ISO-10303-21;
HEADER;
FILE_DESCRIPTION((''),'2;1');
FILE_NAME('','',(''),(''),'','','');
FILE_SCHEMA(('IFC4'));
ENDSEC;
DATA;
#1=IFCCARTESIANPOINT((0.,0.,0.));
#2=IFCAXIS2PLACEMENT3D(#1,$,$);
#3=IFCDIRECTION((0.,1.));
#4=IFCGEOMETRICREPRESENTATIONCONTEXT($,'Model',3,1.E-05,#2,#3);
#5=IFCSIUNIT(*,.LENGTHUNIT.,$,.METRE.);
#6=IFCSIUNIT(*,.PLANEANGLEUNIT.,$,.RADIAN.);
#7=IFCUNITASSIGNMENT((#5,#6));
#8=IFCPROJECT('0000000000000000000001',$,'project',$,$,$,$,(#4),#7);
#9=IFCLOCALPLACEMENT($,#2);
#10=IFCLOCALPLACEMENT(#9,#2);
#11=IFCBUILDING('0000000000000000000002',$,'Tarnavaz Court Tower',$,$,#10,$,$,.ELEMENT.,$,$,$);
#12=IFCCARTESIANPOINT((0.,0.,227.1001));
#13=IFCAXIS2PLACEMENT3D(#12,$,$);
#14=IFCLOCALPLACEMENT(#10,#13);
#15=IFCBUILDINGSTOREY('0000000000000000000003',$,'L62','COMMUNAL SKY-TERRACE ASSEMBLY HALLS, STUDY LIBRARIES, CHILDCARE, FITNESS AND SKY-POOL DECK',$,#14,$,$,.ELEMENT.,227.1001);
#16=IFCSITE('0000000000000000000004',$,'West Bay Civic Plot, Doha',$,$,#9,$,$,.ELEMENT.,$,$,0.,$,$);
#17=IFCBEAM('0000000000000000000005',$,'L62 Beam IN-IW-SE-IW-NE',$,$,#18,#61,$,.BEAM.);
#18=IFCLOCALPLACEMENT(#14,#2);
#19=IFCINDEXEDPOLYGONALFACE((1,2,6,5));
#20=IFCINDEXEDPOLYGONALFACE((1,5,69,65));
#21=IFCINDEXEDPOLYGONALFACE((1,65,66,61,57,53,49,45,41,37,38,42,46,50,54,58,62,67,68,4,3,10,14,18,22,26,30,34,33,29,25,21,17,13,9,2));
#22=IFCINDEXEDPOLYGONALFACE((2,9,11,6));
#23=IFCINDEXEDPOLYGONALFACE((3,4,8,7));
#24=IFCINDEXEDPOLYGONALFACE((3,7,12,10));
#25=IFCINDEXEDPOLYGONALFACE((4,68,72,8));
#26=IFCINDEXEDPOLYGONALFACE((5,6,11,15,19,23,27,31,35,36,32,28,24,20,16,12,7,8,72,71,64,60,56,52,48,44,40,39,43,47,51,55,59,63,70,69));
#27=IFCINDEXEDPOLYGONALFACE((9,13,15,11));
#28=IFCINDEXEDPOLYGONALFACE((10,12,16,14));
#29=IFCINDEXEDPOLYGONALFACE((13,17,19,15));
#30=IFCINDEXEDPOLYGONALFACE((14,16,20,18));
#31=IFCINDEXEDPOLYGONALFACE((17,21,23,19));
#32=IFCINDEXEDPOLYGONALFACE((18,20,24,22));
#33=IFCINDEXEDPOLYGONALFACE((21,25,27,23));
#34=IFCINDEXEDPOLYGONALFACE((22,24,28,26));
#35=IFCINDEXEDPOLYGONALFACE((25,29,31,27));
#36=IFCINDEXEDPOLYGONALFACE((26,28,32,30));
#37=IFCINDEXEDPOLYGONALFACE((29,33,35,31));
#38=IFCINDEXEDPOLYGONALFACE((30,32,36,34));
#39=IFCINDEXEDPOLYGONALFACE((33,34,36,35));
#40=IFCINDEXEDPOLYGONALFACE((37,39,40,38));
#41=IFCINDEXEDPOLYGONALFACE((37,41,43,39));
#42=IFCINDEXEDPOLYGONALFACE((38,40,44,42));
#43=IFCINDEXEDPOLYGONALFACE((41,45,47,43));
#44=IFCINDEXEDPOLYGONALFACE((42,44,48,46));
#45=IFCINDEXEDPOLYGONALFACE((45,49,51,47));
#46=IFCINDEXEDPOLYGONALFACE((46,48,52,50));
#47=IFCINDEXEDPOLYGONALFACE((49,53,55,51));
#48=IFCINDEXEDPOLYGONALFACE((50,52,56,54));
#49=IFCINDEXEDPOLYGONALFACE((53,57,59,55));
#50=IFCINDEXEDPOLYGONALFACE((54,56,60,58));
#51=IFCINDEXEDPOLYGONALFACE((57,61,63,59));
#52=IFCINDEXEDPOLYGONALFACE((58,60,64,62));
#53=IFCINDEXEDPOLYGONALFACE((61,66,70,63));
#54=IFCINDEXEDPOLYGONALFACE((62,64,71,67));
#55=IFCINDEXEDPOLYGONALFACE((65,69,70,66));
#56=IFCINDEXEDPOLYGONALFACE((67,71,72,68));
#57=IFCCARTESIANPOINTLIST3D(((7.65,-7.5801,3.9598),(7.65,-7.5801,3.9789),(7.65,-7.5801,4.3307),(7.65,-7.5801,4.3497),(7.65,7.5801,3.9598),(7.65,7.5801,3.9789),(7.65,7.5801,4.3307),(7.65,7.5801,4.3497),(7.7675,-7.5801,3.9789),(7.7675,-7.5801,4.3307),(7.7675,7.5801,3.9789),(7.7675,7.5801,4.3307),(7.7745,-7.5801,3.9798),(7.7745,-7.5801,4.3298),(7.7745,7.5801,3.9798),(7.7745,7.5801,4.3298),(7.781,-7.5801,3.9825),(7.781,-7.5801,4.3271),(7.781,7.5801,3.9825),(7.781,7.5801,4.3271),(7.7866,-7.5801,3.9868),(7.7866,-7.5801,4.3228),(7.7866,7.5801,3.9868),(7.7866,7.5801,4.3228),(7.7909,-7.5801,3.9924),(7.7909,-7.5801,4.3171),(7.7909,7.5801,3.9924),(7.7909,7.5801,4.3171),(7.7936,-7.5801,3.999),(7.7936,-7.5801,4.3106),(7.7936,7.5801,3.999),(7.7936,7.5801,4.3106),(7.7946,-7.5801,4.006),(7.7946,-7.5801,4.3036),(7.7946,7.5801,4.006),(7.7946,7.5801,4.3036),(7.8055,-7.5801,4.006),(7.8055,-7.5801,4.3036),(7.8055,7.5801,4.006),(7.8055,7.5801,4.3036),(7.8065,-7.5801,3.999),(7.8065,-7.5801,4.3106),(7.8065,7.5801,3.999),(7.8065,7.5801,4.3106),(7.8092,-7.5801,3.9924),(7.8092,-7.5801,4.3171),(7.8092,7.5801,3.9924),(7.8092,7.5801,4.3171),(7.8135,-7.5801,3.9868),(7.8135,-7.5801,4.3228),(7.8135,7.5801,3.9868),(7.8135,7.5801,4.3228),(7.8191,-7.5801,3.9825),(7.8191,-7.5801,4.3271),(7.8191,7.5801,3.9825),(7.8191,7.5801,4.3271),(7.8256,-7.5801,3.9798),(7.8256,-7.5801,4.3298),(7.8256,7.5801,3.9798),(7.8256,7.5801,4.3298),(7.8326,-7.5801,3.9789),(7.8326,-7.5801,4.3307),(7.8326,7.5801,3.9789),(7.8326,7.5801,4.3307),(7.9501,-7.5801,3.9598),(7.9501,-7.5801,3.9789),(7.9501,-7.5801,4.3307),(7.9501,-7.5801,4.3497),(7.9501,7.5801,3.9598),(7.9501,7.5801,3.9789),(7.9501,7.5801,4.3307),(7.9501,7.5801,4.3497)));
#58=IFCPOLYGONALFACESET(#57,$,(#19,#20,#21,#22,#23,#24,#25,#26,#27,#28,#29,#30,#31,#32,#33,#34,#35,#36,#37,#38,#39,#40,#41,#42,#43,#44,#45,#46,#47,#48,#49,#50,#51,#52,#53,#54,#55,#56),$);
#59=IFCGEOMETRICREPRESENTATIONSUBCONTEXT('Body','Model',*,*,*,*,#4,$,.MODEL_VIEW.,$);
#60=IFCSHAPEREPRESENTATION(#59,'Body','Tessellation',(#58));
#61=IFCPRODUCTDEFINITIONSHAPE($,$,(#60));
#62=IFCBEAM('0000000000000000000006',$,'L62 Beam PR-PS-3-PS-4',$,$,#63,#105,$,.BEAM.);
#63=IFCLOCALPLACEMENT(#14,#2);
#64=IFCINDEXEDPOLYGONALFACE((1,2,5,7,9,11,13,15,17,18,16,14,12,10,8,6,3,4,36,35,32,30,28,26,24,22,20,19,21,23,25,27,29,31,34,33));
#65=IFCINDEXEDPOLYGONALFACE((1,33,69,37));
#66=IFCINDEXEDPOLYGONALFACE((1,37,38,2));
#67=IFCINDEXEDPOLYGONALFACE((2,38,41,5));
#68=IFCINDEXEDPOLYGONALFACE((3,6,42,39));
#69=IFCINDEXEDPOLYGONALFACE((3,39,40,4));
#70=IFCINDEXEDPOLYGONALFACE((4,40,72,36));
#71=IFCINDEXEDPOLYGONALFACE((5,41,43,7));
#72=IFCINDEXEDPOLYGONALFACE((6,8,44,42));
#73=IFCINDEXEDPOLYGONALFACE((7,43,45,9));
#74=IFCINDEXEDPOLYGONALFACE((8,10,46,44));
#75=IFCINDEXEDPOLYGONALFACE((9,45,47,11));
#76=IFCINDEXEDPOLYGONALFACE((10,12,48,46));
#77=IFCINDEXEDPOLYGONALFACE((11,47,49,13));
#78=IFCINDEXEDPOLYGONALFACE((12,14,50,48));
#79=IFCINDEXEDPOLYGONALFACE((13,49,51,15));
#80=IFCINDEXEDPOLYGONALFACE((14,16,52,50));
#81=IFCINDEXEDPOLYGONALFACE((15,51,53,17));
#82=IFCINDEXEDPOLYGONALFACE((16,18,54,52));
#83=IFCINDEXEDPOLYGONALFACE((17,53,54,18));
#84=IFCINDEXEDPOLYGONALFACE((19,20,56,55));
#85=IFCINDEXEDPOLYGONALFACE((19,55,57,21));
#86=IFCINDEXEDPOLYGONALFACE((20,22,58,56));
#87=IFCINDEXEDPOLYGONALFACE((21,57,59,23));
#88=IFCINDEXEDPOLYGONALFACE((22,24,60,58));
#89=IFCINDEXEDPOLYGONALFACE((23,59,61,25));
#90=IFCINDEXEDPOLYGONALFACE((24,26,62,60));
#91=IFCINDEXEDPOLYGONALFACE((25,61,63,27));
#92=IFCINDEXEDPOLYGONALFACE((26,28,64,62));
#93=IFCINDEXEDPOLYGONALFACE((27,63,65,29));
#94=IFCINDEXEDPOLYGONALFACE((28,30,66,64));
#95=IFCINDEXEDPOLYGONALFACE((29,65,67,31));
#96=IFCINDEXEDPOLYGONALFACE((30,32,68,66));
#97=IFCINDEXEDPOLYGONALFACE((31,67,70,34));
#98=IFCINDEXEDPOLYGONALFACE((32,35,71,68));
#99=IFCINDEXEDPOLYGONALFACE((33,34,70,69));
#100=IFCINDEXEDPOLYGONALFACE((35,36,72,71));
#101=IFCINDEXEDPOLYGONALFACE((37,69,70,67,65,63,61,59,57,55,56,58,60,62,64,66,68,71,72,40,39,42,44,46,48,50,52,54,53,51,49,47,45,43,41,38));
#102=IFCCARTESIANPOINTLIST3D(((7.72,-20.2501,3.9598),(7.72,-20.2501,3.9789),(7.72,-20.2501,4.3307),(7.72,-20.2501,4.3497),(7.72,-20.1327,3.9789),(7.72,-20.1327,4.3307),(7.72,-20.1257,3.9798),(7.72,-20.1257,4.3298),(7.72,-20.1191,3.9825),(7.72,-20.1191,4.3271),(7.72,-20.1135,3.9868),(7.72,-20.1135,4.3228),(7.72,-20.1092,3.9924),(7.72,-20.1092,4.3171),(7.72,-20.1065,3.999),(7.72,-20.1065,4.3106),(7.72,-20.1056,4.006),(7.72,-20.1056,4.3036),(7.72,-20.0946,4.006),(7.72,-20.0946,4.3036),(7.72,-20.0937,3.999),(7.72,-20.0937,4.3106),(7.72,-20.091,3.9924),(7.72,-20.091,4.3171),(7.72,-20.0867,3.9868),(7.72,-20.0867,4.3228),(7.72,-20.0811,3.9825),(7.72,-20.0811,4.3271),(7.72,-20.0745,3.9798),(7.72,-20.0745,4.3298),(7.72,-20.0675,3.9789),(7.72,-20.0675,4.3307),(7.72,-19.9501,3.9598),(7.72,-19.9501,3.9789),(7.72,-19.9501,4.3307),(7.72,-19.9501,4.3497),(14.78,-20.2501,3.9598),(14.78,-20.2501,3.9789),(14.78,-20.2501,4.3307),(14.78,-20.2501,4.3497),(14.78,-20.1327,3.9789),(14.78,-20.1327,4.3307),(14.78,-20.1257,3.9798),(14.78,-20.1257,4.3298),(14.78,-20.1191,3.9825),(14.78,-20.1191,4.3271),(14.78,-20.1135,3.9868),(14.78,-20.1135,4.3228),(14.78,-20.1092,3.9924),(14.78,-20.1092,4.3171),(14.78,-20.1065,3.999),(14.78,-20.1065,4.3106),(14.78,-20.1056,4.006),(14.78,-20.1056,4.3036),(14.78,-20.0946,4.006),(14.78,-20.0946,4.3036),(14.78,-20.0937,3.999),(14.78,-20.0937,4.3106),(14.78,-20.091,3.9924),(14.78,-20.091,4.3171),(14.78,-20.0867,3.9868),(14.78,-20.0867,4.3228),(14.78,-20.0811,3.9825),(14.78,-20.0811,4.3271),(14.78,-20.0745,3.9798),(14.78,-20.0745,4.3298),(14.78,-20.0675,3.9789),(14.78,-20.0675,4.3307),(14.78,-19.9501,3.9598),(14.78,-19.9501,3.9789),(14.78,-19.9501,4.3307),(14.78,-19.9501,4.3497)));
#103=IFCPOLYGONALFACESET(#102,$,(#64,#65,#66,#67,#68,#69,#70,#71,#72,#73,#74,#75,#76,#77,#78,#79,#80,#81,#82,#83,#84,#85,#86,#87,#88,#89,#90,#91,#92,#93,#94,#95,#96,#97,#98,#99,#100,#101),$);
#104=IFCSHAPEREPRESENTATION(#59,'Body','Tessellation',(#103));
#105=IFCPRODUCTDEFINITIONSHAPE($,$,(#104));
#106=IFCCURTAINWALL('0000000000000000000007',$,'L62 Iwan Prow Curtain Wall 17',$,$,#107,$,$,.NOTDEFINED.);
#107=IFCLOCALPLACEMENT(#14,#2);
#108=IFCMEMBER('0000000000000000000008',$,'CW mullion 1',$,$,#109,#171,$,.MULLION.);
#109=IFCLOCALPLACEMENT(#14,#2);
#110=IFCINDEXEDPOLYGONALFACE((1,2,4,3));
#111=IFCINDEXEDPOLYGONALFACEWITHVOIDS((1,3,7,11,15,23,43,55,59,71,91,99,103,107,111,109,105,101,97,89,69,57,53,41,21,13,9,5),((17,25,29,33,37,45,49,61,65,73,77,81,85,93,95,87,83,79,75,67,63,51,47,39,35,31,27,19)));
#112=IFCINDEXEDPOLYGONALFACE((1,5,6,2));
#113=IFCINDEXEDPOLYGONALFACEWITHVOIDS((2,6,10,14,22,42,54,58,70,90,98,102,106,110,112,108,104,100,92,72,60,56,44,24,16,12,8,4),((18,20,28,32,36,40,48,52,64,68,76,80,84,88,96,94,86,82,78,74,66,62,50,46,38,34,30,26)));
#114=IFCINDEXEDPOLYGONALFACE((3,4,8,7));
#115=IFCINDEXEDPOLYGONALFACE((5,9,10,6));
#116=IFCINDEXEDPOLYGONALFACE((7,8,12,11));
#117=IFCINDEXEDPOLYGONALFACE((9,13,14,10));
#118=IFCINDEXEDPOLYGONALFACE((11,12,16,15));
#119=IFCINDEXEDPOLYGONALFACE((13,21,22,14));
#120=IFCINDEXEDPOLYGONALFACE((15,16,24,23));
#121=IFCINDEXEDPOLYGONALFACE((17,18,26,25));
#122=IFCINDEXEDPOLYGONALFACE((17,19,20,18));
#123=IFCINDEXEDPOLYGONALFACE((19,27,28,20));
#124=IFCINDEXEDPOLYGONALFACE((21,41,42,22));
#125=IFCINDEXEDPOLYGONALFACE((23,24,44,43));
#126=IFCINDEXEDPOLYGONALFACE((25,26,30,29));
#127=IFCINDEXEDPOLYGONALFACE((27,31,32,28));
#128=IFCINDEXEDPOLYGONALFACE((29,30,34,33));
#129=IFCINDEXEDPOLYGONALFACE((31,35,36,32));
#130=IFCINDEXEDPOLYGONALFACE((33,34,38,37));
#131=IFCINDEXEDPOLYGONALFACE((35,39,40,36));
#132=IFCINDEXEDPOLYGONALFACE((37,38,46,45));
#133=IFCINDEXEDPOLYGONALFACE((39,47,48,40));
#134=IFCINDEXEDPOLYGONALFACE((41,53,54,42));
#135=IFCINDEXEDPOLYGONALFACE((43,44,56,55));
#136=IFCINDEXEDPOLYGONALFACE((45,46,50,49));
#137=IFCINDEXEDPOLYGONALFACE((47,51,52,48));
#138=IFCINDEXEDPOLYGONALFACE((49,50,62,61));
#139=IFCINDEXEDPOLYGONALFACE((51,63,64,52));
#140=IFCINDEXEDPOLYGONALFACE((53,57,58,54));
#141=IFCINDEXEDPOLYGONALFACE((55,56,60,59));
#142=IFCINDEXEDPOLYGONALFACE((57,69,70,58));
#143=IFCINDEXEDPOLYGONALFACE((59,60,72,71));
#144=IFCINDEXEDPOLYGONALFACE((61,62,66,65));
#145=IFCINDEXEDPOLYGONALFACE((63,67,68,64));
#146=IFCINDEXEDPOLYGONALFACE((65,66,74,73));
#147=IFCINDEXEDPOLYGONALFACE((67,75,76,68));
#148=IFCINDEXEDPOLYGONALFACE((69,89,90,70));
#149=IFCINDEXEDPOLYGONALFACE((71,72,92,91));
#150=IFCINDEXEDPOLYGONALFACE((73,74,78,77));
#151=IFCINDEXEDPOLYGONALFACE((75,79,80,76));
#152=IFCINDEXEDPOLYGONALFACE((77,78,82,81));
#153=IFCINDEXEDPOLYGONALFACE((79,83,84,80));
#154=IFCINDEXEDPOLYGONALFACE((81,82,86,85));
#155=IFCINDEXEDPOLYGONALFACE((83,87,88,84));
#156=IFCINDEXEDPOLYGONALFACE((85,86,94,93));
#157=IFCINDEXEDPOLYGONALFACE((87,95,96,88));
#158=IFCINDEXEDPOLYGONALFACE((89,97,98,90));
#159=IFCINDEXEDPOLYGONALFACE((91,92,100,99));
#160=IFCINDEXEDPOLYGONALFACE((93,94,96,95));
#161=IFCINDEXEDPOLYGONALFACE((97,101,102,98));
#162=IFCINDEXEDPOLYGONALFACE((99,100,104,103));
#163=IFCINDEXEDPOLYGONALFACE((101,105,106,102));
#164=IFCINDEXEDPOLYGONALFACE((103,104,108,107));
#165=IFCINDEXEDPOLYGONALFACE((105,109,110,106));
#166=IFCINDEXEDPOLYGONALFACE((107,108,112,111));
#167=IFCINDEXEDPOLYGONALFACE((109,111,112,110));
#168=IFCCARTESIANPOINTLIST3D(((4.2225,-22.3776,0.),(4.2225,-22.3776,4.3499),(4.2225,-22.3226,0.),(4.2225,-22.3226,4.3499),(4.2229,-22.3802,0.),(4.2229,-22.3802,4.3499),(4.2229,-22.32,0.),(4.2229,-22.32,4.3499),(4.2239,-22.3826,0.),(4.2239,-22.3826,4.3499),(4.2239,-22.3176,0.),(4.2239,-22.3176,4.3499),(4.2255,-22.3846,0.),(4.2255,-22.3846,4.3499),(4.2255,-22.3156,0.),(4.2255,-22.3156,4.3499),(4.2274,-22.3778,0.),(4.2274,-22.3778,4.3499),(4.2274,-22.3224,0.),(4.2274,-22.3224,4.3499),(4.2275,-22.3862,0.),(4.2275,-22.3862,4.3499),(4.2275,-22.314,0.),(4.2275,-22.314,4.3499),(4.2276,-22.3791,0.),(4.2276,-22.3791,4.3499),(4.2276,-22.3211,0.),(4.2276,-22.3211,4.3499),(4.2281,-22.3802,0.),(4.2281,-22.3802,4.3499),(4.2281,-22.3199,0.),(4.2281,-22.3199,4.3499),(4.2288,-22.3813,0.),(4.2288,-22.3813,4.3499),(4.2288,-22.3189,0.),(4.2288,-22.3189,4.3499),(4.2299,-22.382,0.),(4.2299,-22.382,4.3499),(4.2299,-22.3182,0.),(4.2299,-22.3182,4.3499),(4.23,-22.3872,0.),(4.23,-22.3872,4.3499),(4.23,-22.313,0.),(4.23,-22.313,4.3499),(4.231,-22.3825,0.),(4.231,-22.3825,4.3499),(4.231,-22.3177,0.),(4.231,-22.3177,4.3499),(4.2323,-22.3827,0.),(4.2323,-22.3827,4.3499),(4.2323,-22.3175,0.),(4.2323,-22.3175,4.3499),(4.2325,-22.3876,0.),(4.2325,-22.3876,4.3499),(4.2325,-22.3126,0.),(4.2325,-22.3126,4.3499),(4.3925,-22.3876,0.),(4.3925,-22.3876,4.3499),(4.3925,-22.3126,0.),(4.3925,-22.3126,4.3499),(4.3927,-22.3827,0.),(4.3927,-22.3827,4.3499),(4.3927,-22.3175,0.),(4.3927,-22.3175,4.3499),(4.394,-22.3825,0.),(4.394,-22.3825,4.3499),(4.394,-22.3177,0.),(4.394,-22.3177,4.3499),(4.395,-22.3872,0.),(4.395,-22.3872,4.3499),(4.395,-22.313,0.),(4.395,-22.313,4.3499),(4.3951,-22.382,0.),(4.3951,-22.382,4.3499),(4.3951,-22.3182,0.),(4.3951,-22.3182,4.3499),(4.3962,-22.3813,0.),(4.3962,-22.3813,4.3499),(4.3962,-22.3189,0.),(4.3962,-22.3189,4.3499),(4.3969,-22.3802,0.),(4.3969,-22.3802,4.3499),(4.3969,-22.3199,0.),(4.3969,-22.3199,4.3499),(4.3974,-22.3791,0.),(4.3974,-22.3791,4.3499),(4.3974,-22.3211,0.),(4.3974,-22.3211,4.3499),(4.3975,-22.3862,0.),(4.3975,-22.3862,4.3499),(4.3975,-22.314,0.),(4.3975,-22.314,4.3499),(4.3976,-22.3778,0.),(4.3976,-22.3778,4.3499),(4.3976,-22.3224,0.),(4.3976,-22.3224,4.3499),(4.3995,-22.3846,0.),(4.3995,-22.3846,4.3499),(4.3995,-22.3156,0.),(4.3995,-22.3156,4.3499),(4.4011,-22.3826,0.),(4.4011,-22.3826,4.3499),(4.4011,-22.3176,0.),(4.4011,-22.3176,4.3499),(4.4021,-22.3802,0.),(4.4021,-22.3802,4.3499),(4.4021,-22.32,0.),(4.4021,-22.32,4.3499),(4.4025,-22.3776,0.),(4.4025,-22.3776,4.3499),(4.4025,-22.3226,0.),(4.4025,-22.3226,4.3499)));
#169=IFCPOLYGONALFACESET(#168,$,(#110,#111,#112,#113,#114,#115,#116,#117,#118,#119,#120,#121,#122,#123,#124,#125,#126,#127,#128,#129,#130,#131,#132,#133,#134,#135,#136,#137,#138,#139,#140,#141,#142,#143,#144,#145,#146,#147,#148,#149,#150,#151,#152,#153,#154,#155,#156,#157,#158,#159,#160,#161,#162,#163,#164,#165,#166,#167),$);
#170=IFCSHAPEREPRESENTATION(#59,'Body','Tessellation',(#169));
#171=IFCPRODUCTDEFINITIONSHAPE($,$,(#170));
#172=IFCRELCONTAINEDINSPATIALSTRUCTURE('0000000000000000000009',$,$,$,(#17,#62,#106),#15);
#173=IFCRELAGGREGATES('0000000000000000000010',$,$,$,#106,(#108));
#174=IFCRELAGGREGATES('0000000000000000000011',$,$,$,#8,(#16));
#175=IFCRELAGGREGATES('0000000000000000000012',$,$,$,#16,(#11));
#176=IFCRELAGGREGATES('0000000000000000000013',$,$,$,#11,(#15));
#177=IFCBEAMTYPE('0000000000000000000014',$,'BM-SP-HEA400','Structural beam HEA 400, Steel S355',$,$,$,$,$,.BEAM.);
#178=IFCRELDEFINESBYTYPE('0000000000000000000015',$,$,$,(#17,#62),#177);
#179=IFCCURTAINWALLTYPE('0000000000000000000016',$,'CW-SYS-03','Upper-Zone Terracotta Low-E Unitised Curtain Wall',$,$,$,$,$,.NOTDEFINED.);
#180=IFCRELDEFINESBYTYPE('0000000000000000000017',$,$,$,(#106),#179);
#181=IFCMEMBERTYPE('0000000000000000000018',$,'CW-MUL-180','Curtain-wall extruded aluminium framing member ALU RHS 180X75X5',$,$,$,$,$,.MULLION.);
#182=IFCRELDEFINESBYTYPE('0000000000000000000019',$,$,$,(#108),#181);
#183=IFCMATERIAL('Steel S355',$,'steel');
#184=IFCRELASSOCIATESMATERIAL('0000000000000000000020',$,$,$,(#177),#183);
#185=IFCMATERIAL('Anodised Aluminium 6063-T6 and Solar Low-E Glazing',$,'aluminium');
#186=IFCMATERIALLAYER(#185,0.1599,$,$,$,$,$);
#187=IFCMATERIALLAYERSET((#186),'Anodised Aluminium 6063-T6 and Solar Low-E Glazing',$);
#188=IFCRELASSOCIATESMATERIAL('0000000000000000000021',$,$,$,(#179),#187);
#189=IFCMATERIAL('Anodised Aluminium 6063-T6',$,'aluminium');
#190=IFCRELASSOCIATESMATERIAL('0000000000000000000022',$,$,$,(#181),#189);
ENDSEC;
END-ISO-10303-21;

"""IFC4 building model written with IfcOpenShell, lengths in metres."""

from ifc_helpers import new_model, si_unit, direction, frame, origin, origin_2d, place, context, subcontext, project, spatial, hollow_rectangle, i_section, extrude, material, layer, layer_set, material_profile, profile_set, type_object, element, aggregate, save


model = new_model("IFC4")

# Units and contexts
model_context = context("Model", 3, precision=1e-05, world=origin(), true_north=direction((0.0, 1.0)))
body_context = subcontext(model_context, "Body", "Model", "MODEL_VIEW")
ifc_project = project(units=[si_unit("LENGTHUNIT", "METRE"), si_unit("PLANEANGLEUNIT", "RADIAN")], contexts=[model_context])

# Site, building, storey
site_placement = place(None, origin())
site = spatial("IfcSite", under=ifc_project, at=site_placement, Name="West Bay Civic Plot, Doha", CompositionType="ELEMENT", RefElevation=0.0)
building_placement = place(site_placement, origin())
building = spatial("IfcBuilding", under=site, at=building_placement, Name="Tarnavaz Court Tower", CompositionType="ELEMENT")
storey_placement = place(building_placement, frame((0.0, 0.0, 227.1001)))
storey = spatial("IfcBuildingStorey", under=building, at=storey_placement, Name="L62", Description="COMMUNAL SKY-TERRACE ASSEMBLY HALLS, STUDY LIBRARIES, CHILDCARE, FITNESS AND SKY-POOL DECK", CompositionType="ELEMENT", Elevation=227.1001)

# Beams
ifc_material_1 = material(Name="Steel S355", Category="steel")
ifc_material_profile_1 = material_profile(ifc_material_1, i_section(OverallWidth=0.3, OverallDepth=0.3899, WebThickness=0.011, FlangeThickness=0.019, FilletRadius=0.0271, at=origin_2d()), Name="HEA 400")
ifc_profile_set_1 = profile_set([ifc_material_profile_1], Name="Steel S355")
beam_type_1 = type_object("IfcBeamType", Name="BM-SP-HEA400", Description="Structural beam HEA 400, Steel S355", PredefinedType="BEAM", material=ifc_profile_set_1)
beam_1_placement = place(storey_placement, frame((7.8, -7.5801, 4.1548), z_axis=(0.0, 1.0, 0.0), x_axis=(-1.0, 0.0, 0.0)))
element("IfcBeam", 1, at=beam_1_placement, inside=storey, type_object=beam_type_1, Name="L62 Beam IN-IW-SE-IW-NE", PredefinedType="BEAM", context=body_context, shape_type="SweptSolid", body=[
    extrude(i_section(OverallWidth=0.3, OverallDepth=0.3899, WebThickness=0.011, FlangeThickness=0.019, FilletRadius=0.0271, at=origin_2d()), origin(), (0.0, 0.0, 1.0), 15.1602),
])
beam_2_placement = place(storey_placement, frame((7.72, -20.1001, 4.1548), z_axis=(1.0, 0.0, 0.0), x_axis=(0.0, 1.0, 0.0)))
element("IfcBeam", 2, at=beam_2_placement, inside=storey, type_object=beam_type_1, Name="L62 Beam PR-PS-3-PS-4", PredefinedType="BEAM", context=body_context, shape_type="SweptSolid", body=[
    extrude(i_section(OverallWidth=0.3, OverallDepth=0.3899, WebThickness=0.011, FlangeThickness=0.019, FilletRadius=0.0271, at=origin_2d()), origin(), (0.0, 0.0, 1.0), 7.0601),
])

# Curtain wall, member
ifc_material_2 = material(Name="Anodised Aluminium 6063-T6 and Solar Low-E Glazing", Category="aluminium")
ifc_layer_1 = layer(ifc_material_2, 0.1599)
ifc_layer_set_1 = layer_set([ifc_layer_1], Name="Anodised Aluminium 6063-T6 and Solar Low-E Glazing")
curtain_wall_type_1 = type_object("IfcCurtainWallType", Name="CW-SYS-03", Description="Upper-Zone Terracotta Low-E Unitised Curtain Wall", PredefinedType="NOTDEFINED", material=ifc_layer_set_1)
curtain_wall_1_placement = place(storey_placement, origin())
curtain_wall_1 = element("IfcCurtainWall", 3, at=curtain_wall_1_placement, inside=storey, type_object=curtain_wall_type_1, Name="L62 Iwan Prow Curtain Wall 17", PredefinedType="NOTDEFINED")
ifc_material_3 = material(Name="Anodised Aluminium 6063-T6", Category="aluminium")
ifc_material_profile_2 = material_profile(ifc_material_3, hollow_rectangle(XDim=0.075, YDim=0.1799, WallThickness=0.0049, InnerFilletRadius=0.0049, OuterFilletRadius=0.01, at=origin_2d()), Name="ALU RHS 180X75X5")
ifc_profile_set_2 = profile_set([ifc_material_profile_2], Name="Anodised Aluminium 6063-T6")
member_type_1 = type_object("IfcMemberType", Name="CW-MUL-180", Description="Curtain-wall extruded aluminium framing member ALU RHS 180X75X5", PredefinedType="MULLION", material=ifc_profile_set_2)
member_1_placement = place(storey_placement, frame((4.3125, -22.3501, 0.0), z_axis=(0.0, 0.0, 1.0), x_axis=(0.0, -1.0, 0.0)))
member_1 = element("IfcMember", 4, at=member_1_placement, type_object=member_type_1, Name="CW mullion 1", PredefinedType="MULLION", context=body_context, shape_type="SweptSolid", body=[
    extrude(hollow_rectangle(XDim=0.075, YDim=0.1799, WallThickness=0.0049, InnerFilletRadius=0.0049, OuterFilletRadius=0.01, at=origin_2d()), origin(), (0.0, 0.0, 1.0), 4.3499),
])

aggregate(curtain_wall_1, [member_1])

save(model, "model.ifc")
